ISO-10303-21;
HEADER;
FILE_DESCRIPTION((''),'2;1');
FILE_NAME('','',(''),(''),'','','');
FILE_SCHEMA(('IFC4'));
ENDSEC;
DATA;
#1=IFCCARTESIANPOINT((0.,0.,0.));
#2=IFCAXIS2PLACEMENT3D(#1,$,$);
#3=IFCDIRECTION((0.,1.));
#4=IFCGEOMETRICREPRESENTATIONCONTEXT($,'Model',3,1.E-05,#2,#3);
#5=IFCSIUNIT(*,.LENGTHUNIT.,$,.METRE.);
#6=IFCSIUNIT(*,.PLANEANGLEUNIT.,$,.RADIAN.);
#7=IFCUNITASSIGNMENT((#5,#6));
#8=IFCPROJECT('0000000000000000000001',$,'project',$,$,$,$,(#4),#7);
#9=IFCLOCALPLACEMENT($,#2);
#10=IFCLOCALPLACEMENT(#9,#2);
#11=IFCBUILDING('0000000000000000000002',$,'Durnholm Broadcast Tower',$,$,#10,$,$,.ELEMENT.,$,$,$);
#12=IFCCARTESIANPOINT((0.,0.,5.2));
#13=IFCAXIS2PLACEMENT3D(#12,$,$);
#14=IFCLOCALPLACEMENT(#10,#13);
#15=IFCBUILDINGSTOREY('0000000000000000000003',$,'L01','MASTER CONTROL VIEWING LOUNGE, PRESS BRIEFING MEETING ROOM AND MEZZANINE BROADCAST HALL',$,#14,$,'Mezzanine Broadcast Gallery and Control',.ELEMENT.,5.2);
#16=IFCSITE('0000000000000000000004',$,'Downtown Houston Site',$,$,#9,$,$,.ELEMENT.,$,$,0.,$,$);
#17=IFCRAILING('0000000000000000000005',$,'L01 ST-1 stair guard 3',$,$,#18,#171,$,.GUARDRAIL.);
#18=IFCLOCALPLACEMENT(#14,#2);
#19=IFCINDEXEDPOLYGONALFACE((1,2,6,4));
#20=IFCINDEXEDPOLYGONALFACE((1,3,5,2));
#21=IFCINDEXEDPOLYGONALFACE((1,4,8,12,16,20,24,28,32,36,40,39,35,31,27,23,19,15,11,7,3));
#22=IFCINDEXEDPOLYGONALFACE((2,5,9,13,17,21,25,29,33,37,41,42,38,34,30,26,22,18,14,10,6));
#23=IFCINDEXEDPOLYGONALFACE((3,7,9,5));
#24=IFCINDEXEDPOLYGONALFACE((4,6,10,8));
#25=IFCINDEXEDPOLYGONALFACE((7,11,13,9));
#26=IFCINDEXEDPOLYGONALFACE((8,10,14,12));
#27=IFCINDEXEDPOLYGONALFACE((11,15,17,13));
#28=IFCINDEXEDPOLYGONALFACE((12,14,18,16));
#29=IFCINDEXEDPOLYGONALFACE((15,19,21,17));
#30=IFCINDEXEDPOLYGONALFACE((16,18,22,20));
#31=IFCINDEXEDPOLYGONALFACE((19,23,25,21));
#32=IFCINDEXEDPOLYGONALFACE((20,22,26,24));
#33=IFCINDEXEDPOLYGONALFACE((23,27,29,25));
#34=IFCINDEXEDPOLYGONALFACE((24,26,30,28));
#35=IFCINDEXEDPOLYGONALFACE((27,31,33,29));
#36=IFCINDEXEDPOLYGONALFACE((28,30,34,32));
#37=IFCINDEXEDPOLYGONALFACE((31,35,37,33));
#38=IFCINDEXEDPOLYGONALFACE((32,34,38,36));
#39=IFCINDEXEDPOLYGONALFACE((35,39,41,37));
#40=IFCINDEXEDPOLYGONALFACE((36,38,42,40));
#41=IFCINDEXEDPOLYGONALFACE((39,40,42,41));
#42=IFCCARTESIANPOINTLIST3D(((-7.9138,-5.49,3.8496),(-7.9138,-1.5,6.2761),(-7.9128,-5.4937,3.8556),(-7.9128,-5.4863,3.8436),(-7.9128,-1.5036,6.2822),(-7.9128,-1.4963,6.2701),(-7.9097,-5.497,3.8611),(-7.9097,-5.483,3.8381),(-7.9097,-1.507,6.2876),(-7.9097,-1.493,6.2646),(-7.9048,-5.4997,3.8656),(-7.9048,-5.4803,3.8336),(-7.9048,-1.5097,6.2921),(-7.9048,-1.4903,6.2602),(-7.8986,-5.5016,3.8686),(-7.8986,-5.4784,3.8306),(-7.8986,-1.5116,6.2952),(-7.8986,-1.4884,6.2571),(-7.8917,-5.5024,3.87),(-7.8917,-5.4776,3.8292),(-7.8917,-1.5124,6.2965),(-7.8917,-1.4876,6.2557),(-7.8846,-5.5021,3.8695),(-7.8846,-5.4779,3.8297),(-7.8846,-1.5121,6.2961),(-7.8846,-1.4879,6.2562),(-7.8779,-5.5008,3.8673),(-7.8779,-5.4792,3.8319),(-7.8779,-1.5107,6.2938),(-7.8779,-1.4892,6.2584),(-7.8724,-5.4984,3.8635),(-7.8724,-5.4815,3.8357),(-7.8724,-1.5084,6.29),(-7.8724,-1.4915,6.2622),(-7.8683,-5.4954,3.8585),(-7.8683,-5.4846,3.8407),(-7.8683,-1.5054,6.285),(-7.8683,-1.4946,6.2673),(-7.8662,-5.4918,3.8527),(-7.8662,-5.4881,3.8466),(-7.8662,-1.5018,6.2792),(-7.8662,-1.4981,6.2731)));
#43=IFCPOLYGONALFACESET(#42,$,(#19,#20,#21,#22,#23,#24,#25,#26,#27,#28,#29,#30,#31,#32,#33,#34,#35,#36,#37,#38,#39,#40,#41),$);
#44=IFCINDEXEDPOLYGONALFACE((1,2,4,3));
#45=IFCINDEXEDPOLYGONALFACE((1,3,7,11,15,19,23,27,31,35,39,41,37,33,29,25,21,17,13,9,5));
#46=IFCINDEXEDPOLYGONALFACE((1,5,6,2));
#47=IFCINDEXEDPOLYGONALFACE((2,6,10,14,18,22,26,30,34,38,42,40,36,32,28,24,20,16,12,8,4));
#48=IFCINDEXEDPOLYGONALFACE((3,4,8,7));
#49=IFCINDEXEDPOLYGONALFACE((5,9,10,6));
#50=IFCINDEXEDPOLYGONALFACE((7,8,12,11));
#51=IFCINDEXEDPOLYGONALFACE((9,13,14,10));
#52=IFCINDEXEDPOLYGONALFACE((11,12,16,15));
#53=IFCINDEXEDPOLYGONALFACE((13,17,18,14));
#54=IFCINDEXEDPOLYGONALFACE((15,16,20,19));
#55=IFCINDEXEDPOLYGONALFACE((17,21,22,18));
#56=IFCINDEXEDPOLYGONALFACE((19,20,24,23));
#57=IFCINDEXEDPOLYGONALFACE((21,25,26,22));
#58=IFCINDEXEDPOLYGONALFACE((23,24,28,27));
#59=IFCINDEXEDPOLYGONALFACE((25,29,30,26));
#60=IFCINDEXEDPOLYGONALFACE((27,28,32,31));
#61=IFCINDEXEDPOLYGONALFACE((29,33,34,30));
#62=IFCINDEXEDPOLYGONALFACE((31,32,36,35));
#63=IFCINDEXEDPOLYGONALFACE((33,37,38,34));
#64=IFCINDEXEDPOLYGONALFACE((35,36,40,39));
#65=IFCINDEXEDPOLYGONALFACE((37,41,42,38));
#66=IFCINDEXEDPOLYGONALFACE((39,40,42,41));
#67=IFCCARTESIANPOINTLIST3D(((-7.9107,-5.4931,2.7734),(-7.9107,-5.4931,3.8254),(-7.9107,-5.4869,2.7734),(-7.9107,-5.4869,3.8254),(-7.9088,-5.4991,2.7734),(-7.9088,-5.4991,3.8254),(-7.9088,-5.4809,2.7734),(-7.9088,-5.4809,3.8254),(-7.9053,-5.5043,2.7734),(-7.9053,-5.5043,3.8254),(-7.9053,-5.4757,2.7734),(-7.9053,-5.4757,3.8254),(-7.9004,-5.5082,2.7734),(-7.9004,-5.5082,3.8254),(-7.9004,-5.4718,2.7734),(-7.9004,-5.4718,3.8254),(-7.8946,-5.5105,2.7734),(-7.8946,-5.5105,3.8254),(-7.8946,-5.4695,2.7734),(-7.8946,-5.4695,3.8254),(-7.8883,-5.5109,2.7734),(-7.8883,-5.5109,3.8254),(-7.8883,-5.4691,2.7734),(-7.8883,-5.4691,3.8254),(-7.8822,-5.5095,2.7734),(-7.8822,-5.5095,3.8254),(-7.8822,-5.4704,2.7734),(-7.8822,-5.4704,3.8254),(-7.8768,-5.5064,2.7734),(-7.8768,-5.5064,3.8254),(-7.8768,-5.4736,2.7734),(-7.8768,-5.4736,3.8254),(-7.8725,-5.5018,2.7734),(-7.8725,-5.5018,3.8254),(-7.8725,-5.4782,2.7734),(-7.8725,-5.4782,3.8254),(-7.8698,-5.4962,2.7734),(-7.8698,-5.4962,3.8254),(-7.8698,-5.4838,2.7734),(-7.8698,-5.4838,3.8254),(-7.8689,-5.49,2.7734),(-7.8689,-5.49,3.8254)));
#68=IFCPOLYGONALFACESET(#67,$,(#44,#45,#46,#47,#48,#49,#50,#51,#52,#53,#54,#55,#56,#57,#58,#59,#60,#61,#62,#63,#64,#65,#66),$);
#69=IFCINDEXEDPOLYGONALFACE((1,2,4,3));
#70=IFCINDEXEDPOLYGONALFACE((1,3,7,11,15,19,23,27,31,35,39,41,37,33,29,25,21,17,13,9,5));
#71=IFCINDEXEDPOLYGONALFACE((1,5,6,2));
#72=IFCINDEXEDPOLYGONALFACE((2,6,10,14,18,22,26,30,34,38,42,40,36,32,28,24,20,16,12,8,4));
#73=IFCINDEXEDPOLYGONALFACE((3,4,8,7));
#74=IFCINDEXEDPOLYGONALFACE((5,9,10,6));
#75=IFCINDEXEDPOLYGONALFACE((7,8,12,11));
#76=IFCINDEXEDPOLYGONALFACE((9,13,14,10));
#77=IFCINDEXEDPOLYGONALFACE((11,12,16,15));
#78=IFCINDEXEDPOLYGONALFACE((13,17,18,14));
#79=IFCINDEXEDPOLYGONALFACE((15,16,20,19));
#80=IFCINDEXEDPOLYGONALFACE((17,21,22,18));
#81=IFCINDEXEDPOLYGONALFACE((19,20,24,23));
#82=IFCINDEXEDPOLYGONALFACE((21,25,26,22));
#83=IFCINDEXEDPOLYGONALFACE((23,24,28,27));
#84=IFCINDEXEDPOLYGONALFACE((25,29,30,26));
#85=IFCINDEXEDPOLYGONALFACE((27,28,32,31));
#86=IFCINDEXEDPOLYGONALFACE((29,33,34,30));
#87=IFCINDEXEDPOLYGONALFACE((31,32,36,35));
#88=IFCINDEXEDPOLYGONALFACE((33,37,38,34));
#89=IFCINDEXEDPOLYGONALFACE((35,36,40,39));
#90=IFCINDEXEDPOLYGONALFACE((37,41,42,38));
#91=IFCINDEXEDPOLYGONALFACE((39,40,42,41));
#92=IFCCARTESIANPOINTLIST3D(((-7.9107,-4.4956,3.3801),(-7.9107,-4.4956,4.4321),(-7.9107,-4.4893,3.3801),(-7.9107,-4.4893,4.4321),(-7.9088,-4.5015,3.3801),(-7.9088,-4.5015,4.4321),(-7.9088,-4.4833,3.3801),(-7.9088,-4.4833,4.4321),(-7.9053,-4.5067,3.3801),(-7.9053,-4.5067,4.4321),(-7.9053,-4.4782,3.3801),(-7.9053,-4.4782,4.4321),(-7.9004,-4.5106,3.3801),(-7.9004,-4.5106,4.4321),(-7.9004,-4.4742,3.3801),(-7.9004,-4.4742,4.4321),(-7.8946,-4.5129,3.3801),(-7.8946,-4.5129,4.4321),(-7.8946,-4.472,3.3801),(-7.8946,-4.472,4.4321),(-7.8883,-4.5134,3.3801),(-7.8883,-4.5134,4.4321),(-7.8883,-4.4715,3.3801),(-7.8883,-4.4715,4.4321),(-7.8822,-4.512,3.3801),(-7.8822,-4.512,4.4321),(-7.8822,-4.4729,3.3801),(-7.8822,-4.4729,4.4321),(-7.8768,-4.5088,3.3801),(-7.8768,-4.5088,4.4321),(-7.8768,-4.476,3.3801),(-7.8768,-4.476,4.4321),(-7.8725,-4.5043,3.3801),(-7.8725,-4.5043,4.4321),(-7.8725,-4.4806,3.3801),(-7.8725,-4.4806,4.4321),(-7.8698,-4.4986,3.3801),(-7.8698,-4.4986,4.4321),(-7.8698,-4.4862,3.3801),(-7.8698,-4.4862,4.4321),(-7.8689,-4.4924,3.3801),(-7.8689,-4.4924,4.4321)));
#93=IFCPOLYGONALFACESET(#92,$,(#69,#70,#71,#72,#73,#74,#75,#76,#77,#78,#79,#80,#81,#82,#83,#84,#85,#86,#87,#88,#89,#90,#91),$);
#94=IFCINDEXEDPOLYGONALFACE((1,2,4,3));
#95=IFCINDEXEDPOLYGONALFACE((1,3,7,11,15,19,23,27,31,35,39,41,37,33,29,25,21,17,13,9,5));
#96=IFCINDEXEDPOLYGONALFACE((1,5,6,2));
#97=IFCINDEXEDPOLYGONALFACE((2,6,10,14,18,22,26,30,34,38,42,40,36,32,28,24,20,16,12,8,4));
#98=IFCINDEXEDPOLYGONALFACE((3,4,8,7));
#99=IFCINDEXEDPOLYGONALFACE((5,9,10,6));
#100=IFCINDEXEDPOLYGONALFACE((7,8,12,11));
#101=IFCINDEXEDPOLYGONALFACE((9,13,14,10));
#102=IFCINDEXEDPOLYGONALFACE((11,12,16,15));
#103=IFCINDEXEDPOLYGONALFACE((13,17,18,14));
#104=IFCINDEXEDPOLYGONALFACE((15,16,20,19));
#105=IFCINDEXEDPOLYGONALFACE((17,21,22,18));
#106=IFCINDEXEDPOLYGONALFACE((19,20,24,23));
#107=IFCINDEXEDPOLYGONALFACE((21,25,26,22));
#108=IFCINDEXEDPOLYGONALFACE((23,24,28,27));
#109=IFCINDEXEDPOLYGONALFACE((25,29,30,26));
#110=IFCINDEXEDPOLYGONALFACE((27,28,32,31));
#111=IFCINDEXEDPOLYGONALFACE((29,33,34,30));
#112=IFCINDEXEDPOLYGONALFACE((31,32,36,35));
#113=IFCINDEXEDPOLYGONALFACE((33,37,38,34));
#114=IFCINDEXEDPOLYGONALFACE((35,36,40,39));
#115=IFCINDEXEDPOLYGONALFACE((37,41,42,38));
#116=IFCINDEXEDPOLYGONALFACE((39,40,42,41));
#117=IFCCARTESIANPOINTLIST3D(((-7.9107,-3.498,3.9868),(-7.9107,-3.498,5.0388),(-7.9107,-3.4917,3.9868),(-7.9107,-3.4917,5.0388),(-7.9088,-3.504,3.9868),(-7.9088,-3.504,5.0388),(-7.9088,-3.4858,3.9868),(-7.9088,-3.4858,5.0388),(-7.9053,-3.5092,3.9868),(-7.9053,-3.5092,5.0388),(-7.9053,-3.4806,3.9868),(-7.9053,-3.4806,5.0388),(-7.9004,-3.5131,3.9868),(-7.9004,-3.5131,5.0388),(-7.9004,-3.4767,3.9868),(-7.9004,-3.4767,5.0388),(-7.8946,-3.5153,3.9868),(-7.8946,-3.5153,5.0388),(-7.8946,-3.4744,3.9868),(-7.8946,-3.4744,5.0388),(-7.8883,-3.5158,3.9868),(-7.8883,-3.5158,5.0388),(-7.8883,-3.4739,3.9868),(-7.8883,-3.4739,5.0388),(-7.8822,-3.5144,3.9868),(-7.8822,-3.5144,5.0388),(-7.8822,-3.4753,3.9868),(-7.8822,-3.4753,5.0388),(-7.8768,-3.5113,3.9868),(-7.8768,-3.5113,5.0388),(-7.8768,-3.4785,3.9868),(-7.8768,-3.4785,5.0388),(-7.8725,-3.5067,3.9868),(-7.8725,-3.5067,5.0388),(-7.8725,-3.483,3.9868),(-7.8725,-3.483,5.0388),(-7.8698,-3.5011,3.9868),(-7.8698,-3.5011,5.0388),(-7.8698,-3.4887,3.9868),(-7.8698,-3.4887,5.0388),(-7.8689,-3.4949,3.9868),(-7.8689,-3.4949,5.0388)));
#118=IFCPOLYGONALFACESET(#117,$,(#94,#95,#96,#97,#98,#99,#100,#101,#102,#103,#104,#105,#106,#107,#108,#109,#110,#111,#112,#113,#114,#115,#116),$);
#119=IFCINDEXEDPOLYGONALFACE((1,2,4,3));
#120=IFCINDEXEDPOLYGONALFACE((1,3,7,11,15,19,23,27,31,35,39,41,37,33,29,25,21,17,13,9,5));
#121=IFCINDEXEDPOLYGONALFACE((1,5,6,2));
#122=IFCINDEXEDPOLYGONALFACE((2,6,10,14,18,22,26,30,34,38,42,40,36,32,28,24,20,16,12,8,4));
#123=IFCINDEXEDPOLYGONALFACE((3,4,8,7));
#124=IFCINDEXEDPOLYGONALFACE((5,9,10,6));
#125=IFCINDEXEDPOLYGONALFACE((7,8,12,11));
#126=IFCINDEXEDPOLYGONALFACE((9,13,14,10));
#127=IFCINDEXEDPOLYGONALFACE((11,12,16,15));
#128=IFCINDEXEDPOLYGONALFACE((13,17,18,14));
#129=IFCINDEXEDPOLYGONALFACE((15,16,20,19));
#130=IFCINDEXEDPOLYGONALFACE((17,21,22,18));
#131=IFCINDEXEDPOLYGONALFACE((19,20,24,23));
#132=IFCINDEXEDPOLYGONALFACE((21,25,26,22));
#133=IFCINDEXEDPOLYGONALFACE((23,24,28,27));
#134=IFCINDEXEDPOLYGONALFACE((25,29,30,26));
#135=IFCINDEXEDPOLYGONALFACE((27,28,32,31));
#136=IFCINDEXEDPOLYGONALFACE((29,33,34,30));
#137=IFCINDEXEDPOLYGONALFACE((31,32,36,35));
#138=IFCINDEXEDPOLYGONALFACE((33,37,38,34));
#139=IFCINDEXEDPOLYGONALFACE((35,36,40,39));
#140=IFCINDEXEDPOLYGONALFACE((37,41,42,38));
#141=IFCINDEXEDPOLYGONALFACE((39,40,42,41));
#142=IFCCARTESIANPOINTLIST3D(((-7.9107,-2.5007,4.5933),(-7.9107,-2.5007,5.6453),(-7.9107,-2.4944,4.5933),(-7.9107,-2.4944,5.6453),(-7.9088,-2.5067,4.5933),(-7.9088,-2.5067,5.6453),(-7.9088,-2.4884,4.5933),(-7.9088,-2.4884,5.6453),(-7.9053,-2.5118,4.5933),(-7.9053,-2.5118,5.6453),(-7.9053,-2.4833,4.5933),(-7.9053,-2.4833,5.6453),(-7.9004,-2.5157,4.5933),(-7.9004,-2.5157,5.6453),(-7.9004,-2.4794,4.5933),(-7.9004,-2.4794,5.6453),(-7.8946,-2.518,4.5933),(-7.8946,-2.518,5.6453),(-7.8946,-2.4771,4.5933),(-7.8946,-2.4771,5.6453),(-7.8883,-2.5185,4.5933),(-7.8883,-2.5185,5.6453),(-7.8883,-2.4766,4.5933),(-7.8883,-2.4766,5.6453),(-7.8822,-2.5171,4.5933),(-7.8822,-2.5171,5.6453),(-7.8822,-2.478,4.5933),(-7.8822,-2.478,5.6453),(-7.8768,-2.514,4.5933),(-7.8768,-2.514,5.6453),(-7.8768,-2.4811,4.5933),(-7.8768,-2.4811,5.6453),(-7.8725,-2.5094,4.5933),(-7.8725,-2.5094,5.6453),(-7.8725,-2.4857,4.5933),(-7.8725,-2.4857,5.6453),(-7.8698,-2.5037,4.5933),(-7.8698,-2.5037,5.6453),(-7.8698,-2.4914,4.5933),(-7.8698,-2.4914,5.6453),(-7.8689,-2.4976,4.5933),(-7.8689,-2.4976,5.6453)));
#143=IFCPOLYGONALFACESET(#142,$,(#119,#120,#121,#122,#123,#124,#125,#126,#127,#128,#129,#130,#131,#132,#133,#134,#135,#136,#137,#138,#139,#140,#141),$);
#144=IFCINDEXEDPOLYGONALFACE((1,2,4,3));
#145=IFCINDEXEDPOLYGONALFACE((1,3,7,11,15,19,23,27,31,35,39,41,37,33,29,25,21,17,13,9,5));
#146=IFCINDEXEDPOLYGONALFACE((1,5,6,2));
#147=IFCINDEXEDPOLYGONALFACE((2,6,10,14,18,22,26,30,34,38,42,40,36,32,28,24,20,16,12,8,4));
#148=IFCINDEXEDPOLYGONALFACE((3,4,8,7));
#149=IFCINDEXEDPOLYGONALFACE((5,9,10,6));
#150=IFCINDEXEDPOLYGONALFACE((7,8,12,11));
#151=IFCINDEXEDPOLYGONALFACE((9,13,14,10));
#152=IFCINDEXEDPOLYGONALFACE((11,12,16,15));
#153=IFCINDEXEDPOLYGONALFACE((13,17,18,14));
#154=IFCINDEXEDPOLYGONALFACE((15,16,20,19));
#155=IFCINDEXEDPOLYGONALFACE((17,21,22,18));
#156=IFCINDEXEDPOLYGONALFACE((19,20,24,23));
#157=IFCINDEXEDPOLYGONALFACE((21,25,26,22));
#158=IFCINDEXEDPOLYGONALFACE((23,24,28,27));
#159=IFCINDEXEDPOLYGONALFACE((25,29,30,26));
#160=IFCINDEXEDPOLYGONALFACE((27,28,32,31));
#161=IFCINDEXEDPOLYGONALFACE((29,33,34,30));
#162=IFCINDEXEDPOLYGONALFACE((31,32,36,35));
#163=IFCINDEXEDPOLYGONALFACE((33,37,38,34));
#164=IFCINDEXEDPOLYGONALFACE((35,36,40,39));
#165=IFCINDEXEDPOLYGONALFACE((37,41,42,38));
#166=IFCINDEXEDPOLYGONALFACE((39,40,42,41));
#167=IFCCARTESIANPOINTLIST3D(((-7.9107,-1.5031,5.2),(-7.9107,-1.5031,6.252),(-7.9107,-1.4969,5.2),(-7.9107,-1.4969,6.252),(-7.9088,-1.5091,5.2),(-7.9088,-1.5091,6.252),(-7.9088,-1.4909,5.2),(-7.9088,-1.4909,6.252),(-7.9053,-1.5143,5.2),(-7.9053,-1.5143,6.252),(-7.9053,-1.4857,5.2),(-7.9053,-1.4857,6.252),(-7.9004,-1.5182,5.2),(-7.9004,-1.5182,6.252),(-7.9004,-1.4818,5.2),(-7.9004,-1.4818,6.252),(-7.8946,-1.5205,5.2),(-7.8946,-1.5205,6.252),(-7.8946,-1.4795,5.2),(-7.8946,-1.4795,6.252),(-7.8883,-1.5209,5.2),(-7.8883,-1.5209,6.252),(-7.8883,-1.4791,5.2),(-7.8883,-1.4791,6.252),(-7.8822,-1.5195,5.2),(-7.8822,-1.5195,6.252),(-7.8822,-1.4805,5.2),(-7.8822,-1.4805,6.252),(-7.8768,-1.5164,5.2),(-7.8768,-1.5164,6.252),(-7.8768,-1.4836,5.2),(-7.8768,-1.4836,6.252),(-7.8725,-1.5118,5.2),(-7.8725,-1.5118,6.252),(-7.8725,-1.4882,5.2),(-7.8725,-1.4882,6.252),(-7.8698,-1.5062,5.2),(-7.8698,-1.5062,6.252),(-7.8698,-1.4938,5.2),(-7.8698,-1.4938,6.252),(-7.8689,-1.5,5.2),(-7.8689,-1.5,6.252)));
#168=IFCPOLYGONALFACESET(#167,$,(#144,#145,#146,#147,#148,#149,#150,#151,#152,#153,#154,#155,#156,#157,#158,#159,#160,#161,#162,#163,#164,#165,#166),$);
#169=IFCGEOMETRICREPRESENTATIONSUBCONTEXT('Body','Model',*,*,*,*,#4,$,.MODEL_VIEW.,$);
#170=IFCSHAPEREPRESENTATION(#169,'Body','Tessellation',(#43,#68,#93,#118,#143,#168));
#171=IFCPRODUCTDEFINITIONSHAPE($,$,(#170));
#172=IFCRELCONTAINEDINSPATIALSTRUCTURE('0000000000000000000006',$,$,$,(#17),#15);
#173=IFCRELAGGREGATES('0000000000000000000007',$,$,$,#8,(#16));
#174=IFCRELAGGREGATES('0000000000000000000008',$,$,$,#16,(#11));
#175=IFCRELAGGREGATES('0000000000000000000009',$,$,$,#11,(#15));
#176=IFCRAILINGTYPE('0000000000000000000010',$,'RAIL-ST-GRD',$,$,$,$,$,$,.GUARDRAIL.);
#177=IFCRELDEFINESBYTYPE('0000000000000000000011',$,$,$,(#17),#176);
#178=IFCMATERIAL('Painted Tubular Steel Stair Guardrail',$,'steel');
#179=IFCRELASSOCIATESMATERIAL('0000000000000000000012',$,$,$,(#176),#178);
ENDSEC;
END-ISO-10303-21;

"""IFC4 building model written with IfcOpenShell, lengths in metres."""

from ifc_helpers import new_model, si_unit, direction, frame, origin, origin_2d, place, context, subcontext, project, spatial, circle, extrude, material, type_object, element, save


model = new_model("IFC4")

# Units and contexts
model_context = context("Model", 3, precision=1e-05, world=origin(), true_north=direction((0.0, 1.0)))
body_context = subcontext(model_context, "Body", "Model", "MODEL_VIEW")
ifc_project = project(units=[si_unit("LENGTHUNIT", "METRE"), si_unit("PLANEANGLEUNIT", "RADIAN")], contexts=[model_context])

# Site, building, storey
site_placement = place(None, origin())
site = spatial("IfcSite", under=ifc_project, at=site_placement, Name="Downtown Houston Site", CompositionType="ELEMENT", RefElevation=0.0)
building_placement = place(site_placement, origin())
building = spatial("IfcBuilding", under=site, at=building_placement, Name="Durnholm Broadcast Tower", CompositionType="ELEMENT")
storey_placement = place(building_placement, frame((0.0, 0.0, 5.2)))
storey = spatial("IfcBuildingStorey", under=building, at=storey_placement, Name="L01", Description="MASTER CONTROL VIEWING LOUNGE, PRESS BRIEFING MEETING ROOM AND MEZZANINE BROADCAST HALL", LongName="Mezzanine Broadcast Gallery and Control", CompositionType="ELEMENT", Elevation=5.2)

# Railing
ifc_material_1 = material(Name="Painted Tubular Steel Stair Guardrail", Category="steel")
railing_type_1 = type_object("IfcRailingType", Name="RAIL-ST-GRD", PredefinedType="GUARDRAIL", material=ifc_material_1)
railing_1_placement = place(storey_placement, frame((-7.8899, -5.49, 2.7734)))
element("IfcRailing", 1, at=railing_1_placement, inside=storey, type_object=railing_type_1, Name="L01 ST-1 stair guard 3", PredefinedType="GUARDRAIL", context=body_context, shape_type="SweptSolid", body=[
    extrude(circle(Radius=0.0239, at=origin_2d()), frame((0.0, 0.0, 1.0762), z_axis=(0.0, 0.854405, 0.519607), x_axis=(-1.0, 0.0, 0.0)), (0.0, 0.0, 1.0), 4.6699),
    extrude(circle(Radius=0.021, at=origin_2d()), origin(), (0.0, 0.0, 1.0), 1.052),
    extrude(circle(Radius=0.021, at=origin_2d()), frame((0.0, 0.9976, 0.6067)), (0.0, 0.0, 1.0), 1.052),
    extrude(circle(Radius=0.021, at=origin_2d()), frame((0.0, 1.9951, 1.2134)), (0.0, 0.0, 1.0), 1.052),
    extrude(circle(Radius=0.021, at=origin_2d()), frame((0.0, 2.9924, 1.8198)), (0.0, 0.0, 1.0), 1.052),
    extrude(circle(Radius=0.021, at=origin_2d()), frame((0.0, 3.99, 2.4265)), (0.0, 0.0, 1.0), 1.052),
])

save(model, "model.ifc")
